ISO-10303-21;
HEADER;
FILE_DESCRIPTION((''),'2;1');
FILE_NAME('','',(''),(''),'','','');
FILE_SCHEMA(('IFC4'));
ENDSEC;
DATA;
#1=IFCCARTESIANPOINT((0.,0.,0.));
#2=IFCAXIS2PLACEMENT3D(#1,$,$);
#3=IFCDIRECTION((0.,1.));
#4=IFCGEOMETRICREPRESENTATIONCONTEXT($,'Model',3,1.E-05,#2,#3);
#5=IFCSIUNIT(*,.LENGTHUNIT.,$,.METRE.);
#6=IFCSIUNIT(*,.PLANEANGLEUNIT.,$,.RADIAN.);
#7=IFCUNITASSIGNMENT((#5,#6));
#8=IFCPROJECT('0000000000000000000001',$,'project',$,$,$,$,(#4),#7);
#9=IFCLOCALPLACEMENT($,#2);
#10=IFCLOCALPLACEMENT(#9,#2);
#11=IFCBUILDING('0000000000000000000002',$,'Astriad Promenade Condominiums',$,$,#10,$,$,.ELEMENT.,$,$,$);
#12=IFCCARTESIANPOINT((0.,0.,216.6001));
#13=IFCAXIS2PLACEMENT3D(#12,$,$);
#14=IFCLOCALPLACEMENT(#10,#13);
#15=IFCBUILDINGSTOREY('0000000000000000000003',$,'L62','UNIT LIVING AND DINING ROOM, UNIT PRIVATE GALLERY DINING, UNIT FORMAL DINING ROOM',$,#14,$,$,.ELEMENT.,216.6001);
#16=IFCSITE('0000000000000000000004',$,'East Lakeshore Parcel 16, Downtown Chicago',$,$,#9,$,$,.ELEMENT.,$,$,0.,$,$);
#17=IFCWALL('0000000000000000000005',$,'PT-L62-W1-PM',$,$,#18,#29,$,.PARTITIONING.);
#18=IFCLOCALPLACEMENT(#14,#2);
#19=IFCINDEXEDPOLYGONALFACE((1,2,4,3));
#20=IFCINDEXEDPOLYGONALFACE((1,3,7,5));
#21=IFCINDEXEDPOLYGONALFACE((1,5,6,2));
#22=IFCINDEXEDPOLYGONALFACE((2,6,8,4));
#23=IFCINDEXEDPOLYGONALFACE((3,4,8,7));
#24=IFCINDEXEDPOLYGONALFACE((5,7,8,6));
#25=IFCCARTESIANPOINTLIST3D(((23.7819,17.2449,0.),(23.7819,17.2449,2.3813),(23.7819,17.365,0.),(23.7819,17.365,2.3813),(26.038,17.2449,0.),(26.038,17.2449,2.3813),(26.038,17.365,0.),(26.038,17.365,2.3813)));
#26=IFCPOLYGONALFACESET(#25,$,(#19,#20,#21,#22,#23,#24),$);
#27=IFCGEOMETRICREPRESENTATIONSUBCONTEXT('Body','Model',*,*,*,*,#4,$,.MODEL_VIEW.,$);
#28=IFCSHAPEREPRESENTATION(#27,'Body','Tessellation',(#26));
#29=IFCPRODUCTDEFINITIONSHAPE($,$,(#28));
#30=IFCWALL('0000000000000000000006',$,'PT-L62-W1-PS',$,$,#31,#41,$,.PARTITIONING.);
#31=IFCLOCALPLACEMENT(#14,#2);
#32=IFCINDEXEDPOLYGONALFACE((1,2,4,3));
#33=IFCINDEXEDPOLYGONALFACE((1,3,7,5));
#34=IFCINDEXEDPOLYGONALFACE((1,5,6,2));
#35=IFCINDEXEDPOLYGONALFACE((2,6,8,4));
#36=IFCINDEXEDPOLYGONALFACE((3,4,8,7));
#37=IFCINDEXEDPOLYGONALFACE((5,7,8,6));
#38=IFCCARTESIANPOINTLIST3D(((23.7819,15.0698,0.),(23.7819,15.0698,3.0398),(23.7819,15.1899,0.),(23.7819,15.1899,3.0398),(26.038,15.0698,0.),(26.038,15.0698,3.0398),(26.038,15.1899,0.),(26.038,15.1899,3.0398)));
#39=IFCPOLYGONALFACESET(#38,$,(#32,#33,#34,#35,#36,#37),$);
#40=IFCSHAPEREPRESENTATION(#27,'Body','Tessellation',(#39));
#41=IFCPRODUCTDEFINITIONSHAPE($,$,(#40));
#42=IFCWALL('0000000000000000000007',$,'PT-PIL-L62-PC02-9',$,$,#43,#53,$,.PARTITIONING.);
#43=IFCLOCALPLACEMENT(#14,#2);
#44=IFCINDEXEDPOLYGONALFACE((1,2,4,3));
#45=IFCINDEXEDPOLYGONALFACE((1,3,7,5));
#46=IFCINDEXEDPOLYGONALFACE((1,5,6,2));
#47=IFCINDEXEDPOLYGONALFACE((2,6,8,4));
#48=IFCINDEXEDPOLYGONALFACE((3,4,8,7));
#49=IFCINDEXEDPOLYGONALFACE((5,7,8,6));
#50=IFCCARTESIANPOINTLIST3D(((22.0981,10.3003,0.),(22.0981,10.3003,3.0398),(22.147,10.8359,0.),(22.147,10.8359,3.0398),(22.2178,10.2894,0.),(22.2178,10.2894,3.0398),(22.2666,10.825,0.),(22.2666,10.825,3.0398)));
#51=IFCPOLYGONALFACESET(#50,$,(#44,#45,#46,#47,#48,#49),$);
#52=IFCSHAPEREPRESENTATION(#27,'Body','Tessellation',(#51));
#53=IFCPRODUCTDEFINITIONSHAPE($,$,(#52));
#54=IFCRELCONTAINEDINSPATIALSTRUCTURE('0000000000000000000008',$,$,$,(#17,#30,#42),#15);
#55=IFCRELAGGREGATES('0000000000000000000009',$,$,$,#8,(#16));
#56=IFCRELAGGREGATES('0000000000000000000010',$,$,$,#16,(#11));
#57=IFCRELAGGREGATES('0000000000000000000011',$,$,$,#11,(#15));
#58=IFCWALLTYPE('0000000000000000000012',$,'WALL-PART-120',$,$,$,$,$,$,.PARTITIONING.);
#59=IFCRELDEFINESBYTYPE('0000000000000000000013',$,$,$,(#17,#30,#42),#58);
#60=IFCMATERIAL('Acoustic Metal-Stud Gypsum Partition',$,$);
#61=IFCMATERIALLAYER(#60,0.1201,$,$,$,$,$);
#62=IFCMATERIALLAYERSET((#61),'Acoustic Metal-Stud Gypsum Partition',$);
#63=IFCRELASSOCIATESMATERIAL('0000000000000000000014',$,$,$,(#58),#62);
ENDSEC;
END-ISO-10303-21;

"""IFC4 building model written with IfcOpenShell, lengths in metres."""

from ifc_helpers import new_model, si_unit, direction, frame, frame_2d, origin, place, context, subcontext, project, spatial, rectangle, extrude, material, layer, layer_set, type_object, element, save


model = new_model("IFC4")

# Units and contexts
model_context = context("Model", 3, precision=1e-05, world=origin(), true_north=direction((0.0, 1.0)))
body_context = subcontext(model_context, "Body", "Model", "MODEL_VIEW")
ifc_project = project(units=[si_unit("LENGTHUNIT", "METRE"), si_unit("PLANEANGLEUNIT", "RADIAN")], contexts=[model_context])

# Site, building, storey
site_placement = place(None, origin())
site = spatial("IfcSite", under=ifc_project, at=site_placement, Name="East Lakeshore Parcel 16, Downtown Chicago", CompositionType="ELEMENT", RefElevation=0.0)
building_placement = place(site_placement, origin())
building = spatial("IfcBuilding", under=site, at=building_placement, Name="Astriad Promenade Condominiums", CompositionType="ELEMENT")
storey_placement = place(building_placement, frame((0.0, 0.0, 216.6001)))
storey = spatial("IfcBuildingStorey", under=building, at=storey_placement, Name="L62", Description="UNIT LIVING AND DINING ROOM, UNIT PRIVATE GALLERY DINING, UNIT FORMAL DINING ROOM", CompositionType="ELEMENT", Elevation=216.6001)

# Shared definitions
ifc_material_1 = material(Name="Acoustic Metal-Stud Gypsum Partition")
ifc_layer_1 = layer(ifc_material_1, 0.1201)
ifc_layer_set_1 = layer_set([ifc_layer_1], Name="Acoustic Metal-Stud Gypsum Partition")
wall_type_1 = type_object("IfcWallType", Name="WALL-PART-120", PredefinedType="PARTITIONING", material=ifc_layer_set_1)

# Walls
wall_1_placement = place(storey_placement, frame((23.782, 17.3049, 0.0), z_axis=(0.0, 0.0, 1.0), x_axis=(1.0, 0.0, 0.0)))
element("IfcWall", 1, at=wall_1_placement, inside=storey, type_object=wall_type_1, Name="PT-L62-W1-PM", PredefinedType="PARTITIONING", context=body_context, shape_type="SweptSolid", body=[
    extrude(rectangle(XDim=2.2561, YDim=0.1201, at=frame_2d((1.1279, 0.0))), origin(), (0.0, 0.0, 1.0), 2.3813),
])
wall_2_placement = place(storey_placement, frame((23.782, 15.1299, 0.0), z_axis=(0.0, 0.0, 1.0), x_axis=(1.0, 0.0, 0.0)))
element("IfcWall", 2, at=wall_2_placement, inside=storey, type_object=wall_type_1, Name="PT-L62-W1-PS", PredefinedType="PARTITIONING", context=body_context, shape_type="SweptSolid", body=[
    extrude(rectangle(XDim=2.2561, YDim=0.1201, at=frame_2d((1.1279, 0.0))), origin(), (0.0, 0.0, 1.0), 3.0398),
])
wall_3_placement = place(storey_placement, frame((22.2068, 10.8306, 0.0), z_axis=(0.0, 0.0, 1.0), x_axis=(-0.090781, -0.995871, 0.0)))
element("IfcWall", 3, at=wall_3_placement, inside=storey, type_object=wall_type_1, Name="PT-PIL-L62-PC02-9", PredefinedType="PARTITIONING", context=body_context, shape_type="SweptSolid", body=[
    extrude(rectangle(XDim=0.5378, YDim=0.1201, at=frame_2d((0.269, 0.0))), origin(), (0.0, 0.0, 1.0), 3.0398),
])

save(model, "model.ifc")
